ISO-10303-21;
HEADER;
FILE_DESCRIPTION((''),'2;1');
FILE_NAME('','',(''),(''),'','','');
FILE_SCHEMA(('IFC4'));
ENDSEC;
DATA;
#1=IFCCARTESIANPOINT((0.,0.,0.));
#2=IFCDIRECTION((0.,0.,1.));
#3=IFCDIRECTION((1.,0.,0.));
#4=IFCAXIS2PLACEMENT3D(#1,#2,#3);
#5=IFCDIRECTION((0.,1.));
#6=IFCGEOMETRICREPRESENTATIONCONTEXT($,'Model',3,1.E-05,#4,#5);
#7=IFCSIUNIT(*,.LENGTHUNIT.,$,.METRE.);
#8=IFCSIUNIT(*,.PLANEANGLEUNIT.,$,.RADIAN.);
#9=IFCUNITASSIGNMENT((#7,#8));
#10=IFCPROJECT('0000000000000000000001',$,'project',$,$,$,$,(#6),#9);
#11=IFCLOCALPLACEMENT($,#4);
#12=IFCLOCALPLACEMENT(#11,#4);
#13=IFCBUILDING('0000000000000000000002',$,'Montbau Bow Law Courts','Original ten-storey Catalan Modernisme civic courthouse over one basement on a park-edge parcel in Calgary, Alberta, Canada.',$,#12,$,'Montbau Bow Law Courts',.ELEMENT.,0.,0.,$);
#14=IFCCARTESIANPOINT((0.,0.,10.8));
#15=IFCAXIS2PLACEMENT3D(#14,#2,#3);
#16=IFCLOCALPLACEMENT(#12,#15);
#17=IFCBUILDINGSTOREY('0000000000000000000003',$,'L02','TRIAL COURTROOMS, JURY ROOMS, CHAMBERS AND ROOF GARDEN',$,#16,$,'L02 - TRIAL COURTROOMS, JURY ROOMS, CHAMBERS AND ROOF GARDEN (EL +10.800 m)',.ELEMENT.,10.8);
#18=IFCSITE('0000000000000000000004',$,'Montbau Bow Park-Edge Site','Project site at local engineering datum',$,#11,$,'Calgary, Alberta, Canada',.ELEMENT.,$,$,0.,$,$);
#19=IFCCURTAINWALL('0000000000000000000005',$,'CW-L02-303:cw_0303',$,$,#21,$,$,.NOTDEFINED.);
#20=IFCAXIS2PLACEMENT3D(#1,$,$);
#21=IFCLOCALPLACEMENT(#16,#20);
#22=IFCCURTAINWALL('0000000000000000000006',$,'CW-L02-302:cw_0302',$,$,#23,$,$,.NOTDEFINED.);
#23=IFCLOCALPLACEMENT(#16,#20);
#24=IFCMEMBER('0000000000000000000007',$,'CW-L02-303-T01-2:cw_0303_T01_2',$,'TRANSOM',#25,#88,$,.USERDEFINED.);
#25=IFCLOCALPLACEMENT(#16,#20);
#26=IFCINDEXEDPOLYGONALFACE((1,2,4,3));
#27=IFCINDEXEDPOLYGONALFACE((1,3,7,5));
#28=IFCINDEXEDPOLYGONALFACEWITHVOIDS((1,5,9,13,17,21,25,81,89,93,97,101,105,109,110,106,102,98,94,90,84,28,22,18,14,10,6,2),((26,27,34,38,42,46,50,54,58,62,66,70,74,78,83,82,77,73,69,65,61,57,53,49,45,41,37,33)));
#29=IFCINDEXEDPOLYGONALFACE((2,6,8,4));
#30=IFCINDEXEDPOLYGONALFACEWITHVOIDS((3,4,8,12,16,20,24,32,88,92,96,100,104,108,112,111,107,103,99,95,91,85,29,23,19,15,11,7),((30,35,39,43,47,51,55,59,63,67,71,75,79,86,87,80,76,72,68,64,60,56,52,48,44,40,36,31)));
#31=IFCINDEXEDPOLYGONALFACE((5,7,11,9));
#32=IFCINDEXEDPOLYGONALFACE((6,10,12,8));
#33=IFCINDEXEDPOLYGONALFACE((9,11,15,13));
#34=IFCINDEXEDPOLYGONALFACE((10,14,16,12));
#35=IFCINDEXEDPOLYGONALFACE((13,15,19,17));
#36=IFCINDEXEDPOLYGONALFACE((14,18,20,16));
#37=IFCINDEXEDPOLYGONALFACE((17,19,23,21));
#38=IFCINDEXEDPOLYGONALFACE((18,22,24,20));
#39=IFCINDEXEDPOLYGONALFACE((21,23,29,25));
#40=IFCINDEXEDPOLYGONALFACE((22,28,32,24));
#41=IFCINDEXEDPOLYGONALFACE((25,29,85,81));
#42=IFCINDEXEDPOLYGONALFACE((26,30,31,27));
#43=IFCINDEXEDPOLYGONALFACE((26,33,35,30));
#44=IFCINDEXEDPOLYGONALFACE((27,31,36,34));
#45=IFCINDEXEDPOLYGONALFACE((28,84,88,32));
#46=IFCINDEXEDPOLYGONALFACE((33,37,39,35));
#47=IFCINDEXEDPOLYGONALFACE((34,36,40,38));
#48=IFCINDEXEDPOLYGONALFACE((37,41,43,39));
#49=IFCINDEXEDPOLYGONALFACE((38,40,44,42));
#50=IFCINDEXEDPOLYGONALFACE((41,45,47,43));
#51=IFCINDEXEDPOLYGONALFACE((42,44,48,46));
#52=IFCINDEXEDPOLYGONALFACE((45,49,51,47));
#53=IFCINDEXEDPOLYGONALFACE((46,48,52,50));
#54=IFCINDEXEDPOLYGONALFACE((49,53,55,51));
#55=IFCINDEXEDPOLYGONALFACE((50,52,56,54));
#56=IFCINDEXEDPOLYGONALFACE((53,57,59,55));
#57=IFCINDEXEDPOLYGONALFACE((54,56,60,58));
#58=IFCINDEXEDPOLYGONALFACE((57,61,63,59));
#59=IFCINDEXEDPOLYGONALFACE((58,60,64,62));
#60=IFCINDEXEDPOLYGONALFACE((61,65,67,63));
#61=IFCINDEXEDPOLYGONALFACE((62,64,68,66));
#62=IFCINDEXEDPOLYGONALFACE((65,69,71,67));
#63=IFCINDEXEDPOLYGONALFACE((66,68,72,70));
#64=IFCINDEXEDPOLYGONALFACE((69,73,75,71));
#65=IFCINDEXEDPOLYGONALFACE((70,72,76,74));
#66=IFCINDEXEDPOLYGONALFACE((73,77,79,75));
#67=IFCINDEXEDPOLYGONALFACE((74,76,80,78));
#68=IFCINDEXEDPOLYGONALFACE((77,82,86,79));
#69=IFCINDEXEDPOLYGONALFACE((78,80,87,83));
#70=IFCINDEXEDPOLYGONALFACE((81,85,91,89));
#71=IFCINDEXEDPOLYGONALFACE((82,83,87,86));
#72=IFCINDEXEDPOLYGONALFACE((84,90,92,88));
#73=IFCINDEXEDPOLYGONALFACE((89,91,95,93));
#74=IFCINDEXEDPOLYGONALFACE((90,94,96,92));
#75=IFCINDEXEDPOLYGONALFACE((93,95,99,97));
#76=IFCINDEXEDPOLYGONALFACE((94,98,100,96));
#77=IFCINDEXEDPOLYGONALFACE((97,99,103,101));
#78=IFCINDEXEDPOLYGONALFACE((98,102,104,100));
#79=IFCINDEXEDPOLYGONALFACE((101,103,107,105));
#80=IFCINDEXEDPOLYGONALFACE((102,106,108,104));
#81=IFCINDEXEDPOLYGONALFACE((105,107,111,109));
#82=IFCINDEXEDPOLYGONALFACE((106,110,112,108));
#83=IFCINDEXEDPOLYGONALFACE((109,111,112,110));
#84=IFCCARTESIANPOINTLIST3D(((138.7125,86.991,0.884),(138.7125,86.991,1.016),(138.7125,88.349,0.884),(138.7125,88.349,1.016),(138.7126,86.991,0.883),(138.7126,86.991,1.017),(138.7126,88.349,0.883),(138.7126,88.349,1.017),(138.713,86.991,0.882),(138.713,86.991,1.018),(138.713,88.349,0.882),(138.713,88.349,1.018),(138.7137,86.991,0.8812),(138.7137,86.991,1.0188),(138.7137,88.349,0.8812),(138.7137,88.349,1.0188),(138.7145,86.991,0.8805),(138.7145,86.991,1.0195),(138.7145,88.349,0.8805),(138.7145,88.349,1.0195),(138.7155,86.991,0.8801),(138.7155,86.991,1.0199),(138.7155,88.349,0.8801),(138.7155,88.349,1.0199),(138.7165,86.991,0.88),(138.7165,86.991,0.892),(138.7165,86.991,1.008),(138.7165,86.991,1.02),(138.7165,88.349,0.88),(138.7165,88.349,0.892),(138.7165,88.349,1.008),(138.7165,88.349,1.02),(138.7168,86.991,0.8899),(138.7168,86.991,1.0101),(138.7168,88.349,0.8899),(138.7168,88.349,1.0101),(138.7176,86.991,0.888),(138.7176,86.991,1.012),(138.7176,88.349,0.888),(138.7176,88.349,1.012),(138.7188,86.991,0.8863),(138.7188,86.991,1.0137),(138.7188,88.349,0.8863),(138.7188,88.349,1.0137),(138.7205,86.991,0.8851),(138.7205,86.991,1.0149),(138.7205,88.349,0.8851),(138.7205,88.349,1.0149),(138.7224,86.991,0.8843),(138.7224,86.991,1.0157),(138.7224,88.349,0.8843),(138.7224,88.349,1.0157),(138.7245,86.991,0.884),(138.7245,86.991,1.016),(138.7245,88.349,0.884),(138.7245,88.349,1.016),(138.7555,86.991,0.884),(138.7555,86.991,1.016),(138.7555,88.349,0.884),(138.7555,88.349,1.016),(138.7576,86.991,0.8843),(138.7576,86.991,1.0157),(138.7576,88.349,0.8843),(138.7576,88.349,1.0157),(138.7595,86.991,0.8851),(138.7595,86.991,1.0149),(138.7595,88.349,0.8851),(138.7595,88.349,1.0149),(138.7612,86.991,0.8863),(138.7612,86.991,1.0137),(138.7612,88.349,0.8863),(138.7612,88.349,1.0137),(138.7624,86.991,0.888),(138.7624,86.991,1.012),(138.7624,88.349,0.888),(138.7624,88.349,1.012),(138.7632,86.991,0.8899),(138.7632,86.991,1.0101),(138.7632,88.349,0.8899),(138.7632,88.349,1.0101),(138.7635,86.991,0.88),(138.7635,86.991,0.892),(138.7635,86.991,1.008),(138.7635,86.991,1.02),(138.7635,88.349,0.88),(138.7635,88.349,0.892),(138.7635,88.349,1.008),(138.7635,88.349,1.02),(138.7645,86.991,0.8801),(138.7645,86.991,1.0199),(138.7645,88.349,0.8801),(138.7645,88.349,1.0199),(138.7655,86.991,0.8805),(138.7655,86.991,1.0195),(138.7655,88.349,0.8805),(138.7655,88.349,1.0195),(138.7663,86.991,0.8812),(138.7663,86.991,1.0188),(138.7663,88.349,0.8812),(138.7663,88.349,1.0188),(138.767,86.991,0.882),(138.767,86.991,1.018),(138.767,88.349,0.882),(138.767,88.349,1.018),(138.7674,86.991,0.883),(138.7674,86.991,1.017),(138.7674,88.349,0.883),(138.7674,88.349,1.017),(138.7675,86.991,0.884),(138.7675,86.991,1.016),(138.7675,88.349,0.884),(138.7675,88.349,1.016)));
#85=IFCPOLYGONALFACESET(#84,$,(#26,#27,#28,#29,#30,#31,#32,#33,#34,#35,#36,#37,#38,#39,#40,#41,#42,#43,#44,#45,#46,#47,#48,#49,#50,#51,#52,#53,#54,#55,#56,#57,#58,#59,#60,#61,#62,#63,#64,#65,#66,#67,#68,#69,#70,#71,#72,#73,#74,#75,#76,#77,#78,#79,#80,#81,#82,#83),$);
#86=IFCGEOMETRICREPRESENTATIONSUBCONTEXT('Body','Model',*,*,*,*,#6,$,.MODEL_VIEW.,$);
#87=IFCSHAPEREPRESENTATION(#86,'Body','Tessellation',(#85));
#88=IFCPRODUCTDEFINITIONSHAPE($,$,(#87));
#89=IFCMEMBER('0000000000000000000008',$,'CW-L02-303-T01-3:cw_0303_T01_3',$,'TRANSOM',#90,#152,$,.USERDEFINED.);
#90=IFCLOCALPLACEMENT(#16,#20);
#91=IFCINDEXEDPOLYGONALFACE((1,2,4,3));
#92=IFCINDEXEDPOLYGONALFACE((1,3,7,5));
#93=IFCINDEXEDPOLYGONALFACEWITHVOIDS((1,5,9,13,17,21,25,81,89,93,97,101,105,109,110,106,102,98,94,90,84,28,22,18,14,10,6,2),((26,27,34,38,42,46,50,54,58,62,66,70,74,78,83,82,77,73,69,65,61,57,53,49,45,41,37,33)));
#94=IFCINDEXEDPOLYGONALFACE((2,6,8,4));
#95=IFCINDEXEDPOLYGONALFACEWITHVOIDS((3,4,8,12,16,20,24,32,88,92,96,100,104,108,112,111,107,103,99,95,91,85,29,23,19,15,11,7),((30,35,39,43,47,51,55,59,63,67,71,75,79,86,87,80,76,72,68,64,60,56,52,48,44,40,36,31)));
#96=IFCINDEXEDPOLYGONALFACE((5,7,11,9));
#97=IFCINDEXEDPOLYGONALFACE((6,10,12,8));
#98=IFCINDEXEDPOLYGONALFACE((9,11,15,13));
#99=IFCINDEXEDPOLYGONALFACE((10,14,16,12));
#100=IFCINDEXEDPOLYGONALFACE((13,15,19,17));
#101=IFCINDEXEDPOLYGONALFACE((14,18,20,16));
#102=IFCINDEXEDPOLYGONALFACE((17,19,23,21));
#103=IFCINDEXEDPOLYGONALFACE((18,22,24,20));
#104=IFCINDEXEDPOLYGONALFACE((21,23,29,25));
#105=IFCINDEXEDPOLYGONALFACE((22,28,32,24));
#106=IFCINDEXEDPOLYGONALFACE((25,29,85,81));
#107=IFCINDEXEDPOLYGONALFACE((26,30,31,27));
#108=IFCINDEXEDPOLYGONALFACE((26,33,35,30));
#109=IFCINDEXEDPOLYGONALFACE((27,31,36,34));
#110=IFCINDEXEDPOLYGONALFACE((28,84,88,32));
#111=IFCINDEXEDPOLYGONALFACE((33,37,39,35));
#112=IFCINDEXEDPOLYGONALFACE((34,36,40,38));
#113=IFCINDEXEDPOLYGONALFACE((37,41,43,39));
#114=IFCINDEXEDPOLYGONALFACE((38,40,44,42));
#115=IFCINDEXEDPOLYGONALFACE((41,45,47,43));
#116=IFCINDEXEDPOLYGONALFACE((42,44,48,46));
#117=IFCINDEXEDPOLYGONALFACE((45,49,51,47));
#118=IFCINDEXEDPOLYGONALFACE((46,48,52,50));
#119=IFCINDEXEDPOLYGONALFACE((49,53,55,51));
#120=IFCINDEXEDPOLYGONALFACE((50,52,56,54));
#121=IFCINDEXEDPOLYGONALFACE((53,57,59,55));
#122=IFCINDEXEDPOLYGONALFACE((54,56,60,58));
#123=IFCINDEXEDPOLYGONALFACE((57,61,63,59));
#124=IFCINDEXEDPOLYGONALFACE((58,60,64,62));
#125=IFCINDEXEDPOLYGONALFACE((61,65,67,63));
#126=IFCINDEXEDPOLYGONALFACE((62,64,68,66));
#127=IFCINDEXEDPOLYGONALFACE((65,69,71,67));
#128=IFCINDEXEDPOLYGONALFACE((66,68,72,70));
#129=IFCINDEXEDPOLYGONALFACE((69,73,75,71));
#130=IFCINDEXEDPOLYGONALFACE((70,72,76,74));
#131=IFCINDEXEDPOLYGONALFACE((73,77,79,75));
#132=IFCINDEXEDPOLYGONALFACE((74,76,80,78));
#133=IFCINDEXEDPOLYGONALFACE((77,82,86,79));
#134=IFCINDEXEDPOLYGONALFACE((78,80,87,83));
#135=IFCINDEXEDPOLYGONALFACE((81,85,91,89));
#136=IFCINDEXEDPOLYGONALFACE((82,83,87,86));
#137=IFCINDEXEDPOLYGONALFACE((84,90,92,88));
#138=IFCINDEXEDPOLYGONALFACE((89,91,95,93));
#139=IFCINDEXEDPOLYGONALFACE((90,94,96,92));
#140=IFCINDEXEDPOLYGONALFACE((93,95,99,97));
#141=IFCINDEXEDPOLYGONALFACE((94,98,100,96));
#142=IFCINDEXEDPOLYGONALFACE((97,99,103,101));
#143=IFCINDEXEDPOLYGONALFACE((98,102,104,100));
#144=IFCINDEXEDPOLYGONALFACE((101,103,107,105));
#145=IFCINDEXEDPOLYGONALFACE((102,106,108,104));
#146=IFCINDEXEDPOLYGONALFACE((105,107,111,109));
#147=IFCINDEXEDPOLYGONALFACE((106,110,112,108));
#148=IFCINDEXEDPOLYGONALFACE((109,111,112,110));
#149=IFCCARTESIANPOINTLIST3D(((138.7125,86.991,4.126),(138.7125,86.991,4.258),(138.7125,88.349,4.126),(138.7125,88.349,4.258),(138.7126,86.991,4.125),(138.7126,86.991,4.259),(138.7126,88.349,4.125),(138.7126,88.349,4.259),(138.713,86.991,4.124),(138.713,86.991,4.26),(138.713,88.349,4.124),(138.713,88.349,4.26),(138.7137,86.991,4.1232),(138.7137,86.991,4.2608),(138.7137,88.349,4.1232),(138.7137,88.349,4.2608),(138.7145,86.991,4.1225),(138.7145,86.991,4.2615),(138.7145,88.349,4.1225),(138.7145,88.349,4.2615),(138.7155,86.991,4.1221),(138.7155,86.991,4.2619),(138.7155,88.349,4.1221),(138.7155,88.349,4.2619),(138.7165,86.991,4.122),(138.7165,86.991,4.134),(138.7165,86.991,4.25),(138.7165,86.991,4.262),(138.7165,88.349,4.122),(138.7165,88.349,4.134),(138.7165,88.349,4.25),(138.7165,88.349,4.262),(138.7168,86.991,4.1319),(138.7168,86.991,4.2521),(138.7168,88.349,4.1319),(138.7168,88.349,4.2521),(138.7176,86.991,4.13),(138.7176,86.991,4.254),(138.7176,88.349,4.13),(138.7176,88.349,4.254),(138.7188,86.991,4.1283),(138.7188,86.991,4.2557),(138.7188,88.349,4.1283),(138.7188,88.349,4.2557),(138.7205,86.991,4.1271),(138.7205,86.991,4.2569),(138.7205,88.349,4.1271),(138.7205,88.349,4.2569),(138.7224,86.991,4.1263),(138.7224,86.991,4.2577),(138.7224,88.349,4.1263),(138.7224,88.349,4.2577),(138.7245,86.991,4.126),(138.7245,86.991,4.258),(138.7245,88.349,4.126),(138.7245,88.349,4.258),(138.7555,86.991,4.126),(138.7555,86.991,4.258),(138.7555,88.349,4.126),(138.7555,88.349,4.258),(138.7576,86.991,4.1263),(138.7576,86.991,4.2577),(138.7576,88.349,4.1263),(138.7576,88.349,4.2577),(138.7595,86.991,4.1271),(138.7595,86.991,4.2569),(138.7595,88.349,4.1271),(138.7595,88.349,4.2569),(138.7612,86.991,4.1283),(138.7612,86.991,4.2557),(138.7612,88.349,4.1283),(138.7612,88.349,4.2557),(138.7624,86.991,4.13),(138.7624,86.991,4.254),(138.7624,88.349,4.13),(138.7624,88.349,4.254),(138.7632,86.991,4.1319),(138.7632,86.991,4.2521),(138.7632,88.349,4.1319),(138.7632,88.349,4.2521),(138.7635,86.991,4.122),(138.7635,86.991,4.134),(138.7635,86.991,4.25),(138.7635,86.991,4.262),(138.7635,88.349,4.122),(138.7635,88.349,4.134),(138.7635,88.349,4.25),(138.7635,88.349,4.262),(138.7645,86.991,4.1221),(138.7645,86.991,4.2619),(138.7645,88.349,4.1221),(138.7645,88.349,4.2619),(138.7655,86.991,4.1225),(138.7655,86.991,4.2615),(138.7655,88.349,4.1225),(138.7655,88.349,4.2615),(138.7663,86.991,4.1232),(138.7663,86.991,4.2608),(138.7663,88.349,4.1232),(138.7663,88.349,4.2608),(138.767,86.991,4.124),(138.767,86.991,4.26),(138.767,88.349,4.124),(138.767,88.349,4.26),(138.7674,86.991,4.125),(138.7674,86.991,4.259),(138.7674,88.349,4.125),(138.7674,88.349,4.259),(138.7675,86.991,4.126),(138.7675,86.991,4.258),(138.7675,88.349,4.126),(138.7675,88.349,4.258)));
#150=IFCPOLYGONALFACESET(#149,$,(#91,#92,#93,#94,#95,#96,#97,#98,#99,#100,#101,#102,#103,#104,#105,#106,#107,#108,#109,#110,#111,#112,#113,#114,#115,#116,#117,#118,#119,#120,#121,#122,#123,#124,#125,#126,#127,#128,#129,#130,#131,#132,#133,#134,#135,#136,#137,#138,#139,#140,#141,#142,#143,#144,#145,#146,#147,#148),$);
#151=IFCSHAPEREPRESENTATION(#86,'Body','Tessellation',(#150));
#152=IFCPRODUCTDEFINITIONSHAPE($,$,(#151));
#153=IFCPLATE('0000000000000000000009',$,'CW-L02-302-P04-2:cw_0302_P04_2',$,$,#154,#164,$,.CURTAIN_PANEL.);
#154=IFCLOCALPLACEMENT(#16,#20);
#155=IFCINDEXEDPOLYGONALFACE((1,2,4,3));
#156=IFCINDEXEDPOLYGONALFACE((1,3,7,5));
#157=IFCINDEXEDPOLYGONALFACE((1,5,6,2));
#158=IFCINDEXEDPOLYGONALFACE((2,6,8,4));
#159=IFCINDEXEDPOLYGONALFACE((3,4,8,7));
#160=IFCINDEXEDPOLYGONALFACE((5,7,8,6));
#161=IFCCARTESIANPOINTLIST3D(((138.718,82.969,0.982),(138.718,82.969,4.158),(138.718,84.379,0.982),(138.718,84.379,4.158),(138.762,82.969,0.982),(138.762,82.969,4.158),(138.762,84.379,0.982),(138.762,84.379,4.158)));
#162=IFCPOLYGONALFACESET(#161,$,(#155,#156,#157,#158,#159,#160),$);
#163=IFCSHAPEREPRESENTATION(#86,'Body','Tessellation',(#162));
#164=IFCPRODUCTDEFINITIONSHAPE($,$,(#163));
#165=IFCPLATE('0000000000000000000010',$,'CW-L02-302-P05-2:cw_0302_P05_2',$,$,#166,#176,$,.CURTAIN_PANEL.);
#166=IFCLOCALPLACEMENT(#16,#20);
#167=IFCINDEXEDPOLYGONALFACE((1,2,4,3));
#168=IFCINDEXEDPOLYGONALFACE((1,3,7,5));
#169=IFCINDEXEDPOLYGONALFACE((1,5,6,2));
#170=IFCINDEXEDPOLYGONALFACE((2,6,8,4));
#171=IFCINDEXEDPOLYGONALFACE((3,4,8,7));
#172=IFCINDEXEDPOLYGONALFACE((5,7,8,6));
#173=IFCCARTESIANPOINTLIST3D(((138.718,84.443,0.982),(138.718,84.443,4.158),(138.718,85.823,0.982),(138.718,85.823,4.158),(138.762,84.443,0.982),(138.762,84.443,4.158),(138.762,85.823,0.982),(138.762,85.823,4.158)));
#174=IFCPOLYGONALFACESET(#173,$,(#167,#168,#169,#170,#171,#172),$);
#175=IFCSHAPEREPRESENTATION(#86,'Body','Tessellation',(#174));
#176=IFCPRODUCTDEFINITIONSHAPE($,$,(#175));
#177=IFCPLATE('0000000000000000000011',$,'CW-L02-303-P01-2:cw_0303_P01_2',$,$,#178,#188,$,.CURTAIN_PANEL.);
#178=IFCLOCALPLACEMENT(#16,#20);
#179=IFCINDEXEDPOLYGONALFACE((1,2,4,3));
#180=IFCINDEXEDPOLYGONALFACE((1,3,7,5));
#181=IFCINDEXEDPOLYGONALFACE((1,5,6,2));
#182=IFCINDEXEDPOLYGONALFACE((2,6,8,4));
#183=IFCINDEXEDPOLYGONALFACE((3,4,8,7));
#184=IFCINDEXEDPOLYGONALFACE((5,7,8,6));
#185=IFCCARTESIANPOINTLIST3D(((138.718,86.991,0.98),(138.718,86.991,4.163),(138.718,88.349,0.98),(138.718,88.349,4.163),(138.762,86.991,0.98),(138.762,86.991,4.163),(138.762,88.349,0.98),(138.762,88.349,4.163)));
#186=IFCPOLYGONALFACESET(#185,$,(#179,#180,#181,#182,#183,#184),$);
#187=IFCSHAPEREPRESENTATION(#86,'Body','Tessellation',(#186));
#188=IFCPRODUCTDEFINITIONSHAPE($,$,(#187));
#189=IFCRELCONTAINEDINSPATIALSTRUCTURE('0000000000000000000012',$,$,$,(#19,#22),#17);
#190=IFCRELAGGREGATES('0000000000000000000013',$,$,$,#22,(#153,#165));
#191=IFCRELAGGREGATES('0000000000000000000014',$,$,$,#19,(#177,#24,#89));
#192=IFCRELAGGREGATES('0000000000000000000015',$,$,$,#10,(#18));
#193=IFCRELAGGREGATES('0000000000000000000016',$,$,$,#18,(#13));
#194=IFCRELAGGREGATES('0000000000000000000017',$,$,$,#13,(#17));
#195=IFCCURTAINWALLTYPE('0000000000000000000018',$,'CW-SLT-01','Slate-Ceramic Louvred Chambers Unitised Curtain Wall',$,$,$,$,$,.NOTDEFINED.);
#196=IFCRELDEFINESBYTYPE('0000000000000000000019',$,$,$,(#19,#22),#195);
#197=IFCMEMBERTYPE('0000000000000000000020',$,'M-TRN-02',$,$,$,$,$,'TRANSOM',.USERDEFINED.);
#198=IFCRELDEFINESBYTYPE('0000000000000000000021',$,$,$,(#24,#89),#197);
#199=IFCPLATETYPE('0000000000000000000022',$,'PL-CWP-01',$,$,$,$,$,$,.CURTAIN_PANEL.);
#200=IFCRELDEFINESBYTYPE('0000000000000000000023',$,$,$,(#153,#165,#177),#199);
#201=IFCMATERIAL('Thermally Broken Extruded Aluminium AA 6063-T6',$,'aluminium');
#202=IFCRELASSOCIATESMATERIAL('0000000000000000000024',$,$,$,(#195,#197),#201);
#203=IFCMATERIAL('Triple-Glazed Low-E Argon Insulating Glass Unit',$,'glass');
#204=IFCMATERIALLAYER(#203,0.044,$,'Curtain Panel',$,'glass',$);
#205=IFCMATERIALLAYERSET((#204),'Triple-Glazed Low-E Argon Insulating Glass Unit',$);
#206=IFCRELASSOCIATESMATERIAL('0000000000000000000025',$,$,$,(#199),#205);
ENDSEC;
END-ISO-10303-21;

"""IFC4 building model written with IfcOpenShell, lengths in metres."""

from ifc_helpers import new_model, si_unit, direction, frame, frame_2d, origin_with_axes, origin_2d_with_axis, place, context, subcontext, project, spatial, rectangle, hollow_rectangle, extrude, material, layer, layer_set, material_profile, profile_set, type_object, element, aggregate, save


model = new_model("IFC4")

# Units and contexts
model_context = context("Model", 3, precision=1e-05, world=origin_with_axes(), true_north=direction((0.0, 1.0)))
body_context = subcontext(model_context, "Body", "Model", "MODEL_VIEW")
ifc_project = project(units=[si_unit("LENGTHUNIT", "METRE"), si_unit("PLANEANGLEUNIT", "RADIAN")], contexts=[model_context])

# Site, building, storey
site_placement = place(None, origin_with_axes())
site = spatial("IfcSite", under=ifc_project, at=site_placement, Name="Montbau Bow Park-Edge Site", Description="Project site at local engineering datum", LongName="Calgary, Alberta, Canada", CompositionType="ELEMENT", RefElevation=0.0)
building_placement = place(site_placement, origin_with_axes())
building = spatial("IfcBuilding", under=site, at=building_placement, Name="Montbau Bow Law Courts", Description="Original ten-storey Catalan Modernisme civic courthouse over one basement on a park-edge parcel in Calgary, Alberta, Canada.", LongName="Montbau Bow Law Courts", CompositionType="ELEMENT", ElevationOfRefHeight=0.0, ElevationOfTerrain=0.0)
storey_placement = place(building_placement, frame((0.0, 0.0, 10.8), z_axis=(0.0, 0.0, 1.0), x_axis=(1.0, 0.0, 0.0)))
storey = spatial("IfcBuildingStorey", under=building, at=storey_placement, Name="L02", Description="TRIAL COURTROOMS, JURY ROOMS, CHAMBERS AND ROOF GARDEN", LongName="L02 - TRIAL COURTROOMS, JURY ROOMS, CHAMBERS AND ROOF GARDEN (EL +10.800 m)", CompositionType="ELEMENT", Elevation=10.8)

# Curtain walls
ifc_material_1 = material(Name="Thermally Broken Extruded Aluminium AA 6063-T6", Category="aluminium")
curtain_wall_type = type_object("IfcCurtainWallType", Name="CW-SLT-01", Description="Slate-Ceramic Louvred Chambers Unitised Curtain Wall", PredefinedType="NOTDEFINED", material=ifc_material_1)
curtain_wall_1_placement = place(None, frame((138.74, 86.915, 10.8), z_axis=(0.0, 0.0, 1.0), x_axis=(1.0, 0.0, 0.0)))
curtain_wall_1 = element("IfcCurtainWall", 1, at=curtain_wall_1_placement, inside=storey, type_object=curtain_wall_type, Name="CW-L02-303:cw_0303", PredefinedType="NOTDEFINED")
curtain_wall_2_placement = place(None, frame((138.74, 78.515, 10.8), z_axis=(0.0, 0.0, 1.0), x_axis=(1.0, 0.0, 0.0)))
curtain_wall_2 = element("IfcCurtainWall", 2, at=curtain_wall_2_placement, inside=storey, type_object=curtain_wall_type, Name="CW-L02-302:cw_0302", PredefinedType="NOTDEFINED")

# Members
ifc_material_profile_1 = material_profile(ifc_material_1, hollow_rectangle(XDim=0.055, YDim=0.14, WallThickness=0.004, InnerFilletRadius=0.008, OuterFilletRadius=0.004, at=origin_2d_with_axis()), Name="CWT-140X55", Category="Main", Priority=0)
ifc_profile_set_1 = profile_set([ifc_material_profile_1], Name="Thermally Broken Extruded Aluminium AA 6063-T6")
member_type_1 = type_object("IfcMemberType", Name="M-TRN-02", ElementType="TRANSOM", PredefinedType="USERDEFINED", material=ifc_profile_set_1)
member_1_placement = place(None, frame((138.74, 86.991, 11.75), z_axis=(0.0, 1.0, 0.0), x_axis=(-1.0, 0.0, 0.0)))
member_1 = element("IfcMember", 3, at=member_1_placement, type_object=member_type_1, Name="CW-L02-303-T01-2:cw_0303_T01_2", ObjectType="TRANSOM", PredefinedType="USERDEFINED", context=body_context, shape_type="SweptSolid", body=[
    extrude(hollow_rectangle(XDim=0.055, YDim=0.14, WallThickness=0.004, InnerFilletRadius=0.008, OuterFilletRadius=0.004, at=origin_2d_with_axis()), origin_with_axes(), (0.0, 0.0, 1.0), 1.358),
])
member_2_placement = place(None, frame((138.74, 86.991, 14.992), z_axis=(0.0, 1.0, 0.0), x_axis=(-1.0, 0.0, 0.0)))
member_2 = element("IfcMember", 4, at=member_2_placement, type_object=member_type_1, Name="CW-L02-303-T01-3:cw_0303_T01_3", ObjectType="TRANSOM", PredefinedType="USERDEFINED", context=body_context, shape_type="SweptSolid", body=[
    extrude(hollow_rectangle(XDim=0.055, YDim=0.14, WallThickness=0.004, InnerFilletRadius=0.008, OuterFilletRadius=0.004, at=origin_2d_with_axis()), origin_with_axes(), (0.0, 0.0, 1.0), 1.358),
])

# Plates
ifc_material_2 = material(Name="Triple-Glazed Low-E Argon Insulating Glass Unit", Category="glass")
ifc_layer_1 = layer(ifc_material_2, 0.044, Name="Curtain Panel", Category="glass")
ifc_layer_set_1 = layer_set([ifc_layer_1], Name="Triple-Glazed Low-E Argon Insulating Glass Unit")
plate_type_1 = type_object("IfcPlateType", Name="PL-CWP-01", PredefinedType="CURTAIN_PANEL", material=ifc_layer_set_1)
plate_1_placement = place(None, frame((138.74, 82.969, 11.782), z_axis=(1.0, 0.0, 0.0), x_axis=(0.0, 1.0, 0.0)))
plate_1 = element("IfcPlate", 5, at=plate_1_placement, type_object=plate_type_1, Name="CW-L02-302-P04-2:cw_0302_P04_2", PredefinedType="CURTAIN_PANEL", context=body_context, shape_type="SweptSolid", body=[
    extrude(rectangle(XDim=1.41, YDim=3.176, at=frame_2d((0.705, 1.588), x_axis=(1.0, 0.0))), frame((0.0, 0.0, -0.022), z_axis=(0.0, 0.0, 1.0), x_axis=(1.0, 0.0, 0.0)), (0.0, 0.0, 1.0), 0.044),
])
plate_2_placement = place(None, frame((138.74, 84.443, 11.782), z_axis=(1.0, 0.0, 0.0), x_axis=(0.0, 1.0, 0.0)))
plate_2 = element("IfcPlate", 6, at=plate_2_placement, type_object=plate_type_1, Name="CW-L02-302-P05-2:cw_0302_P05_2", PredefinedType="CURTAIN_PANEL", context=body_context, shape_type="SweptSolid", body=[
    extrude(rectangle(XDim=1.38, YDim=3.176, at=frame_2d((0.69, 1.588), x_axis=(1.0, 0.0))), frame((0.0, 0.0, -0.022), z_axis=(0.0, 0.0, 1.0), x_axis=(1.0, 0.0, 0.0)), (0.0, 0.0, 1.0), 0.044),
])
plate_3_placement = place(None, frame((138.74, 86.991, 11.78), z_axis=(1.0, 0.0, 0.0), x_axis=(0.0, 1.0, 0.0)))
plate_3 = element("IfcPlate", 7, at=plate_3_placement, type_object=plate_type_1, Name="CW-L02-303-P01-2:cw_0303_P01_2", PredefinedType="CURTAIN_PANEL", context=body_context, shape_type="SweptSolid", body=[
    extrude(rectangle(XDim=1.358, YDim=3.183, at=frame_2d((0.679, 1.5915), x_axis=(1.0, 0.0))), frame((0.0, 0.0, -0.022), z_axis=(0.0, 0.0, 1.0), x_axis=(1.0, 0.0, 0.0)), (0.0, 0.0, 1.0), 0.044),
])
aggregate(curtain_wall_2, [plate_1, plate_2])
aggregate(curtain_wall_1, [plate_3, member_1, member_2])

save(model, "model.ifc")
